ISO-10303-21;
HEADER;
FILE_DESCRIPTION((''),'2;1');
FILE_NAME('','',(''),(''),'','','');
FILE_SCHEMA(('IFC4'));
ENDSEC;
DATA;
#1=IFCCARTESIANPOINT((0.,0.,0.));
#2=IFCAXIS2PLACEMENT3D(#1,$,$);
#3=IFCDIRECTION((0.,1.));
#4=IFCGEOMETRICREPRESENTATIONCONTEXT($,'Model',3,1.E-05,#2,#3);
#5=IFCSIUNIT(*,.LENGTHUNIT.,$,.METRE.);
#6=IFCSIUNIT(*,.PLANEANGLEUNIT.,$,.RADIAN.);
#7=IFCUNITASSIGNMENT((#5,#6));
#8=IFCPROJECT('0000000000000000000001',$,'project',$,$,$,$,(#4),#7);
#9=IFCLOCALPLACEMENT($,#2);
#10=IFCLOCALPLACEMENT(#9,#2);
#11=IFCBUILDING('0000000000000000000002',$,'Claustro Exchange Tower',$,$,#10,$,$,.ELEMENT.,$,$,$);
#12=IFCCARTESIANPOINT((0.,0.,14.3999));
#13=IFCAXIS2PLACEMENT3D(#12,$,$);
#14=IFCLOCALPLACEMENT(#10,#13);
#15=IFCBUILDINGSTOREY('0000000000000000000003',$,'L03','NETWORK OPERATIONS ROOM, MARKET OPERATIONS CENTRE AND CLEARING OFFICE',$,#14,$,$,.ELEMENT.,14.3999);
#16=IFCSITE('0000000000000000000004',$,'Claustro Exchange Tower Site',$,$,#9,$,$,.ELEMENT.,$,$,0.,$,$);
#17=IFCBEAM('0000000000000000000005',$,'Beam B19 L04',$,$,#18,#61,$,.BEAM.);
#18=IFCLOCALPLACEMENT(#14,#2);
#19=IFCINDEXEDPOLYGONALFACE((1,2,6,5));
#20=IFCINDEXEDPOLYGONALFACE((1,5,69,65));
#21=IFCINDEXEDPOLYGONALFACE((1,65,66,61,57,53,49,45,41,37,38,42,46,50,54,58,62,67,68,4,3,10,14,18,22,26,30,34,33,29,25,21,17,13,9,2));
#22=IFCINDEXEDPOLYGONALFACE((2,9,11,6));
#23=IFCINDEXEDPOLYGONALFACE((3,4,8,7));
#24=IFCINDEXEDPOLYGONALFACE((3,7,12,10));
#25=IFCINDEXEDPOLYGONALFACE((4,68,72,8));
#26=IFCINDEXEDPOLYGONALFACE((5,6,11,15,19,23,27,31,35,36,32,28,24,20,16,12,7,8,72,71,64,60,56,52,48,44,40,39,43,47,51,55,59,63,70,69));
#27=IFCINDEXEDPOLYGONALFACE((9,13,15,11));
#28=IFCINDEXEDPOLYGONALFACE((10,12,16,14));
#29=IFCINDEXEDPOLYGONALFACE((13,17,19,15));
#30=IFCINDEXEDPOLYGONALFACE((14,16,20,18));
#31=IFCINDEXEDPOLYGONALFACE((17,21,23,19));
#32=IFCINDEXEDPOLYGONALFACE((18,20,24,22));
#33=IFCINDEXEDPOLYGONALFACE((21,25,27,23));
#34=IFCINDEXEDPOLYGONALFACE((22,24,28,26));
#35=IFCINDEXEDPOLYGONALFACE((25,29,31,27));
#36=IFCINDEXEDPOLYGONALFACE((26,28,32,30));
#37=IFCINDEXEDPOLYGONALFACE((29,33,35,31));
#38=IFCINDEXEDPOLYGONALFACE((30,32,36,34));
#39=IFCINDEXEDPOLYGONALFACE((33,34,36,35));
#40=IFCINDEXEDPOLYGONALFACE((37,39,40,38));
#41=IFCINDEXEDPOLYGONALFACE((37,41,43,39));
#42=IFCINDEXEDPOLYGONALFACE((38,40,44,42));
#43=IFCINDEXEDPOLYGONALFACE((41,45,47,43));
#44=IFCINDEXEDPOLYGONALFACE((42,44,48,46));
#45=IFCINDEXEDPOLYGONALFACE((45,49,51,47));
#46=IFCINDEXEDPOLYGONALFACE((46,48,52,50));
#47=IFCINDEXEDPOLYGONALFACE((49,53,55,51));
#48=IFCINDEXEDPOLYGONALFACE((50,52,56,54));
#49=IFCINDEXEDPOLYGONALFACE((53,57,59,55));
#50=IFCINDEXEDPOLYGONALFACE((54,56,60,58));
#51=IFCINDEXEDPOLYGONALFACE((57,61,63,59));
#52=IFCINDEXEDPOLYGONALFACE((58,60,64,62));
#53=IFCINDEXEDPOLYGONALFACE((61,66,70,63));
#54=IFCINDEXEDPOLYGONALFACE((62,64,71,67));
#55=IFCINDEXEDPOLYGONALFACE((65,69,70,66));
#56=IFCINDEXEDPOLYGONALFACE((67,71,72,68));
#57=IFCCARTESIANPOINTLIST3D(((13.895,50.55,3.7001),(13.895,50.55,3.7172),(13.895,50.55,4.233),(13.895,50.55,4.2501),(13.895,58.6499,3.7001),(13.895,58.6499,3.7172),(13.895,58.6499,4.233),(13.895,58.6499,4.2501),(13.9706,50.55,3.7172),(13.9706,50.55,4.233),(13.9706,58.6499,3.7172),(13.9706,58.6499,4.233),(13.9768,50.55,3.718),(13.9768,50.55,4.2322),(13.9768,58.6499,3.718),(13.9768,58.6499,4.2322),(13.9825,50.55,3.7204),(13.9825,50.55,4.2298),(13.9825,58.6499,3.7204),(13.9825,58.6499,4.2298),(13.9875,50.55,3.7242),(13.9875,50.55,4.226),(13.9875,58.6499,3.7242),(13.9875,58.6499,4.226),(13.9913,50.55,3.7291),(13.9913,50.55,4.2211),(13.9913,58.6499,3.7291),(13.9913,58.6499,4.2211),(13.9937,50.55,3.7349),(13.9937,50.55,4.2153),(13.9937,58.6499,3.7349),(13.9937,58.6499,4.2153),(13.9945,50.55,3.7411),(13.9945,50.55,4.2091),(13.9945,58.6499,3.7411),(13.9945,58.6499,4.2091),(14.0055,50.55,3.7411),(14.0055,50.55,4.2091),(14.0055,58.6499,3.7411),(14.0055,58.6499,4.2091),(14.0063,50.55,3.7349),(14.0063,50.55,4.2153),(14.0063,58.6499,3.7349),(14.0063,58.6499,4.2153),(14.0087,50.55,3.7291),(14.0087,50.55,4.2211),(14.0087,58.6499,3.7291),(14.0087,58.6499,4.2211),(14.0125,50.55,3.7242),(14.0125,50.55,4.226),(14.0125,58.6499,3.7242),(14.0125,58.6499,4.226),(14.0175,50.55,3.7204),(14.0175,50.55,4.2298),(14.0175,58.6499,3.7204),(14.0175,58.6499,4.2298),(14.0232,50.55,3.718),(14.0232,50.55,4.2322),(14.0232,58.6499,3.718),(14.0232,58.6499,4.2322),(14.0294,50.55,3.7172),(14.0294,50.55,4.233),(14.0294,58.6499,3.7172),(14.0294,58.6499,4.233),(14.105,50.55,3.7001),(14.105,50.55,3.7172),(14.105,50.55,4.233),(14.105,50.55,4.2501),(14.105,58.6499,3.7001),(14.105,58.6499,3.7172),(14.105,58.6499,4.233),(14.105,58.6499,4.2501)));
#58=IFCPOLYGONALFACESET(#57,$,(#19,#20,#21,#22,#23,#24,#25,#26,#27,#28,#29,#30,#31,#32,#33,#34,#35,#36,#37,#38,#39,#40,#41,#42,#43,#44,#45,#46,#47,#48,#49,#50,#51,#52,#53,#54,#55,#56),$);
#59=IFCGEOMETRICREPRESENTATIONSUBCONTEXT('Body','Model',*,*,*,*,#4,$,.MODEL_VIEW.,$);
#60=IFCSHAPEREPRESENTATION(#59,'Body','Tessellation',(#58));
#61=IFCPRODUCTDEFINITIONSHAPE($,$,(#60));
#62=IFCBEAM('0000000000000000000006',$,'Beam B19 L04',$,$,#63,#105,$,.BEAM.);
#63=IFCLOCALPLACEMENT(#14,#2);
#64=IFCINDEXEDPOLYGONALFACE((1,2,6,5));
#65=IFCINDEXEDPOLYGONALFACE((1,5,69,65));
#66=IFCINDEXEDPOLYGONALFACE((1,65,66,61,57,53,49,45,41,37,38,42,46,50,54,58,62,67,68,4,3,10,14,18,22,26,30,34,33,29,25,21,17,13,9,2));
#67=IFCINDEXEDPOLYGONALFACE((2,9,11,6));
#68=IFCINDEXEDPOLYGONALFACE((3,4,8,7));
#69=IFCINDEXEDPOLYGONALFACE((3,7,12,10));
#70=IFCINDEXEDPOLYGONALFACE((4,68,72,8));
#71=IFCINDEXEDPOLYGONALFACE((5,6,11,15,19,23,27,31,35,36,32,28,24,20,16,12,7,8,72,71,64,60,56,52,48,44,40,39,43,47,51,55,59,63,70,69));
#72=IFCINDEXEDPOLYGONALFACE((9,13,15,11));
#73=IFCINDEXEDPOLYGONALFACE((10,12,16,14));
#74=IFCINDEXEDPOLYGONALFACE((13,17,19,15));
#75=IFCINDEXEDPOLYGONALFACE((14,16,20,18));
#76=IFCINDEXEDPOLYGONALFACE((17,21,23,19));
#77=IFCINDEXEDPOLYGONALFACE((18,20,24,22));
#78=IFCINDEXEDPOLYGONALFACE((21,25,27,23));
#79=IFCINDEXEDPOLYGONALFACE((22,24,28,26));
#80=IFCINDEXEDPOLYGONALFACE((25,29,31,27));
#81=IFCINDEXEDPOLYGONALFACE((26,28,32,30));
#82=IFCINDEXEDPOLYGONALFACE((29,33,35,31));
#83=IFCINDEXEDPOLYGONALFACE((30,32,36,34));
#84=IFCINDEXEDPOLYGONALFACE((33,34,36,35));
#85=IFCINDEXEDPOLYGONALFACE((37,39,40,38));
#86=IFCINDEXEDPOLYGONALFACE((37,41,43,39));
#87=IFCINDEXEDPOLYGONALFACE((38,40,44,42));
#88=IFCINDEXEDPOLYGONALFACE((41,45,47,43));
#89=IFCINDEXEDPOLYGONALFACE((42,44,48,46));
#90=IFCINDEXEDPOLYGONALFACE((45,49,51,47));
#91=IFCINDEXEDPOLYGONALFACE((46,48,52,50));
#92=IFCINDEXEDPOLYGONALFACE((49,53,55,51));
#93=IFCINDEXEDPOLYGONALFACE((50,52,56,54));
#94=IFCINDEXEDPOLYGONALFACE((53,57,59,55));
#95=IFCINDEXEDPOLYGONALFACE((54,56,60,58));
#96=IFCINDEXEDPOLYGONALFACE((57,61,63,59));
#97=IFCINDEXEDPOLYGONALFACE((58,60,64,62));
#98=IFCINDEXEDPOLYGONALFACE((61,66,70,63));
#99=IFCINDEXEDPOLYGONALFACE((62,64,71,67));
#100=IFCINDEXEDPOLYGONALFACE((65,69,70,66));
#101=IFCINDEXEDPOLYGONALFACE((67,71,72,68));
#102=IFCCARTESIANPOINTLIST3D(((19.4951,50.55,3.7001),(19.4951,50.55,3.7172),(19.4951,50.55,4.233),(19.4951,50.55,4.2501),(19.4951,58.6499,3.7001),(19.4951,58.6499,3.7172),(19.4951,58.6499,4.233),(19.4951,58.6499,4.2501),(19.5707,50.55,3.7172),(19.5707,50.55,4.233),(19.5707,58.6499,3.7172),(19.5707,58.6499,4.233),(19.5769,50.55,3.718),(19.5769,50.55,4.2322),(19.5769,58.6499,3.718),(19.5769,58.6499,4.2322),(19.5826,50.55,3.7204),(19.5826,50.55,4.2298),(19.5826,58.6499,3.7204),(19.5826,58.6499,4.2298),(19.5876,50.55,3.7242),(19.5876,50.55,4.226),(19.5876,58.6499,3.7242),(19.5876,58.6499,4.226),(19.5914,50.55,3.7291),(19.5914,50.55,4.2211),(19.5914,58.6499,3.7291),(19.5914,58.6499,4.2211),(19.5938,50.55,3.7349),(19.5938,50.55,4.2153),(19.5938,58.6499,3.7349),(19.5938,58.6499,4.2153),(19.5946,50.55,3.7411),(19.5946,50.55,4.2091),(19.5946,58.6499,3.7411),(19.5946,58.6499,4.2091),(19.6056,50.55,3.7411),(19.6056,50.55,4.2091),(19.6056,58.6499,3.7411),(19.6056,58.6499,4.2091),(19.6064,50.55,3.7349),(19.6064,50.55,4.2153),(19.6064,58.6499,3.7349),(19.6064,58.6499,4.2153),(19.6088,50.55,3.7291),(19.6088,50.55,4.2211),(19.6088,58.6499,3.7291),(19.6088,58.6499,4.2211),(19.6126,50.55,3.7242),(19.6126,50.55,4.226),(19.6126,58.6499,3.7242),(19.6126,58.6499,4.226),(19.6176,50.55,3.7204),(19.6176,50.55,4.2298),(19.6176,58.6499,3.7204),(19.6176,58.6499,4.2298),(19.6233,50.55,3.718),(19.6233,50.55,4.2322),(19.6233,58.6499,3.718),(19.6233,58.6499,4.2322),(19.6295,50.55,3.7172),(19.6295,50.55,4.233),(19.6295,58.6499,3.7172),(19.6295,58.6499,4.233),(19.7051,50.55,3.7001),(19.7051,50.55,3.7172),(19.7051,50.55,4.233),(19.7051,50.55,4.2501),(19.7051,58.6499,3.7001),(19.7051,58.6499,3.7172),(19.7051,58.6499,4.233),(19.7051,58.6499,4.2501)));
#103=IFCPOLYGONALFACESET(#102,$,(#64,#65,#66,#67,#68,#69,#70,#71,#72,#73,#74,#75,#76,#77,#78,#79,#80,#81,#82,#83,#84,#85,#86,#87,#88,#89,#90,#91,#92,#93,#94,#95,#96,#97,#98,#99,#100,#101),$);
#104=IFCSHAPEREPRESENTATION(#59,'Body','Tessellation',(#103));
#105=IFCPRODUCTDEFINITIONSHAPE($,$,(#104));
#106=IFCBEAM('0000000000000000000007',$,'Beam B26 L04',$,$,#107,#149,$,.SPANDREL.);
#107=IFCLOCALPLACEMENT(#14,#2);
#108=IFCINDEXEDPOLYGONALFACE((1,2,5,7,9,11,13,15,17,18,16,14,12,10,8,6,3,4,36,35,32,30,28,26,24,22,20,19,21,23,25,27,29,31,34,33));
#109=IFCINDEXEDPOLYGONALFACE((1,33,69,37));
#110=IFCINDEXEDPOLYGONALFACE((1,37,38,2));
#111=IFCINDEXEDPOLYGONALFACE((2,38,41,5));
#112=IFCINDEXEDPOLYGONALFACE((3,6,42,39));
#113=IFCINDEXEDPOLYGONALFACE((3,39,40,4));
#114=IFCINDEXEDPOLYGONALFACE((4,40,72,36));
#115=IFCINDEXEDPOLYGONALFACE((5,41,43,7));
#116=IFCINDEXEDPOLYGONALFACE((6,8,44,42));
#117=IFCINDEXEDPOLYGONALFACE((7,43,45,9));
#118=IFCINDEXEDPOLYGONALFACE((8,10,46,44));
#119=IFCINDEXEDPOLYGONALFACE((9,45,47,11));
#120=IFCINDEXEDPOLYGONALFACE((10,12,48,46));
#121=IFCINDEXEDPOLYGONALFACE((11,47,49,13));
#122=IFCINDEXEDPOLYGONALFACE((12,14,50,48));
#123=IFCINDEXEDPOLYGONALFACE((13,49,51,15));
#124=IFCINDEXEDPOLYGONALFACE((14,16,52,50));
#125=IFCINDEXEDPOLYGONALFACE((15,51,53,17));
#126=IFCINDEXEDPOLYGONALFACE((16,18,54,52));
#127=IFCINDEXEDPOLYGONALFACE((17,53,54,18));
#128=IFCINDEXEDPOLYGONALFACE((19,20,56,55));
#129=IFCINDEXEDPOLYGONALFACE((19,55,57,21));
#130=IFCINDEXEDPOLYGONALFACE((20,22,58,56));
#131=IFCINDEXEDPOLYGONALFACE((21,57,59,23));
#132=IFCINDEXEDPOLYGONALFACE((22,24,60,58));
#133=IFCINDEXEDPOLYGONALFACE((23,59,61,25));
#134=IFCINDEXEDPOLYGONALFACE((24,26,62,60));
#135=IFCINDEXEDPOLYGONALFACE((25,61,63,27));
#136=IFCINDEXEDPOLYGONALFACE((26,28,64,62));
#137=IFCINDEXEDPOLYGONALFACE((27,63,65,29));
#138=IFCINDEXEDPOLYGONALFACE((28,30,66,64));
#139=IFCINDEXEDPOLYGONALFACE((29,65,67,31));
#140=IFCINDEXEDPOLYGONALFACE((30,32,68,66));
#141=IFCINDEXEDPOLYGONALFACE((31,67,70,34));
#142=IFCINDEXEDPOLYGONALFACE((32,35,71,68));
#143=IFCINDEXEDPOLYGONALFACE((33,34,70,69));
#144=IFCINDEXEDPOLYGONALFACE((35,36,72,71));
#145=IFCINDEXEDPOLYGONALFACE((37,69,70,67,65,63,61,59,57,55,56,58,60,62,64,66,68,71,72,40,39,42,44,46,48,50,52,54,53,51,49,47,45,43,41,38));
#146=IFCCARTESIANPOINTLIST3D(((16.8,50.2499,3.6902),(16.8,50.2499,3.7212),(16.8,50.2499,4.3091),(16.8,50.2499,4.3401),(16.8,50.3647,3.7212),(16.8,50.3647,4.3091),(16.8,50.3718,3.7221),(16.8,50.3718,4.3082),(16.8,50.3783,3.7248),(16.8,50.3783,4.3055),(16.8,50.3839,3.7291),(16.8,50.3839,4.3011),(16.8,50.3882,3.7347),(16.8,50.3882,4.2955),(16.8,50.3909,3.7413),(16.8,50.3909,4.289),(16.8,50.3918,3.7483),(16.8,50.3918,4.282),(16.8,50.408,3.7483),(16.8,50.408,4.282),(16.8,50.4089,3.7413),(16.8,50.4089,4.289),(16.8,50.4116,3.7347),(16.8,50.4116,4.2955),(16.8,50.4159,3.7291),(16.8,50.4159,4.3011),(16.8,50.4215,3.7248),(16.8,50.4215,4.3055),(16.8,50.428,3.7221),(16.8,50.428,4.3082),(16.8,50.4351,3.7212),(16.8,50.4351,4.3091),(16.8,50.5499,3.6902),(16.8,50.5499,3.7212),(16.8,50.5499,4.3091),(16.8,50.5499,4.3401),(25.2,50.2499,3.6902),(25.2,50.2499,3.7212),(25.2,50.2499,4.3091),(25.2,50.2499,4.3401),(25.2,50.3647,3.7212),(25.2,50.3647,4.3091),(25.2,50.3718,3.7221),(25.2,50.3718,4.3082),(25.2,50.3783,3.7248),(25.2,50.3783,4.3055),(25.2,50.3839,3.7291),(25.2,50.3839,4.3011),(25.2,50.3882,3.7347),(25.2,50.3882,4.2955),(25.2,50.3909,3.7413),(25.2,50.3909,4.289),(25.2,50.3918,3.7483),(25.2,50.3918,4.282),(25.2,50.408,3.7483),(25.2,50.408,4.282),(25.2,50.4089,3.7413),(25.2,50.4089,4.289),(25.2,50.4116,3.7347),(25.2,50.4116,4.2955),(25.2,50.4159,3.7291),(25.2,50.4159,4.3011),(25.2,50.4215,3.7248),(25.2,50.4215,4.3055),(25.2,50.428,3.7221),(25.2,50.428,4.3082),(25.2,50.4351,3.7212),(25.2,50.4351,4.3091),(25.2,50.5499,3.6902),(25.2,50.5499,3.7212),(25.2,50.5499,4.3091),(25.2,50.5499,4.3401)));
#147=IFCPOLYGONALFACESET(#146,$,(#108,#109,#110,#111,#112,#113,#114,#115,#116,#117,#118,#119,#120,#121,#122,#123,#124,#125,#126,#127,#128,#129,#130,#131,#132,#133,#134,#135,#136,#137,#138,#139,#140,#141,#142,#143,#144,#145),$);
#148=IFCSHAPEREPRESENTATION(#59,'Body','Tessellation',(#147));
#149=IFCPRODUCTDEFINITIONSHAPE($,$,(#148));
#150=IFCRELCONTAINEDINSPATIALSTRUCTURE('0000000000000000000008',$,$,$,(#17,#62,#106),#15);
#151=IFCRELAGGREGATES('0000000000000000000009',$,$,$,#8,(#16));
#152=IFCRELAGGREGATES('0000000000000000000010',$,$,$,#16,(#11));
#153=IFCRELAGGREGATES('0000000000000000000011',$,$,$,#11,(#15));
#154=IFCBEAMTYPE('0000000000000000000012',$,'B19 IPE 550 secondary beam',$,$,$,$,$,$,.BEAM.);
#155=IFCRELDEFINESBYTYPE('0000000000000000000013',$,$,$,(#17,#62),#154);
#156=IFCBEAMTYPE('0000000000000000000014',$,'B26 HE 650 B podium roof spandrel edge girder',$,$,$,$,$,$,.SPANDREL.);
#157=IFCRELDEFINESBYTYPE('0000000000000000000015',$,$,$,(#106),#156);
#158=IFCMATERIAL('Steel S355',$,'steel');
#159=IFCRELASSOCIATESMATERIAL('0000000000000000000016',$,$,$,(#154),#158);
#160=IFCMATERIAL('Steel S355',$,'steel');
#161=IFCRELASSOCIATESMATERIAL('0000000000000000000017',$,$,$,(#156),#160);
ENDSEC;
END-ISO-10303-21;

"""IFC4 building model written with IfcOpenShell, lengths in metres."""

from ifc_helpers import new_model, si_unit, direction, frame, origin, origin_2d, place, context, subcontext, project, spatial, i_section, extrude, material, material_profile, profile_set, type_object, element, save


model = new_model("IFC4")

# Units and contexts
model_context = context("Model", 3, precision=1e-05, world=origin(), true_north=direction((0.0, 1.0)))
body_context = subcontext(model_context, "Body", "Model", "MODEL_VIEW")
ifc_project = project(units=[si_unit("LENGTHUNIT", "METRE"), si_unit("PLANEANGLEUNIT", "RADIAN")], contexts=[model_context])

# Site, building, storey
site_placement = place(None, origin())
site = spatial("IfcSite", under=ifc_project, at=site_placement, Name="Claustro Exchange Tower Site", CompositionType="ELEMENT", RefElevation=0.0)
building_placement = place(site_placement, origin())
building = spatial("IfcBuilding", under=site, at=building_placement, Name="Claustro Exchange Tower", CompositionType="ELEMENT")
storey_placement = place(building_placement, frame((0.0, 0.0, 14.3999)))
storey = spatial("IfcBuildingStorey", under=building, at=storey_placement, Name="L03", Description="NETWORK OPERATIONS ROOM, MARKET OPERATIONS CENTRE AND CLEARING OFFICE", CompositionType="ELEMENT", Elevation=14.3999)

# Beams
ifc_material_1 = material(Name="Steel S355", Category="steel")
ifc_material_profile_1 = material_profile(ifc_material_1, i_section(OverallWidth=0.21, OverallDepth=0.55, WebThickness=0.011, FlangeThickness=0.0171, FilletRadius=0.0239, at=origin_2d()), Name="IPE 550")
ifc_profile_set_1 = profile_set([ifc_material_profile_1], Name="Steel S355")
beam_type_1 = type_object("IfcBeamType", Name="B19 IPE 550 secondary beam", PredefinedType="BEAM", material=ifc_profile_set_1)
for number, where, z_axis, x_axis, name in (
    (1, (14.0, 50.55, 3.9751), (0.0, 1.0, 0.0), (-1.0, 0.0, 0.0), "Beam B19 L04"),
    (2, (19.6001, 50.55, 3.9751), (0.0, 1.0, 0.0), (-1.0, 0.0, 0.0), "Beam B19 L04"),
):
    element("IfcBeam", number, at=place(storey_placement, frame(where, z_axis=z_axis, x_axis=x_axis)), inside=storey, type_object=beam_type_1, Name=name, PredefinedType="BEAM", context=body_context, shape_type="SweptSolid", body=[
        extrude(i_section(OverallWidth=0.21, OverallDepth=0.55, WebThickness=0.011, FlangeThickness=0.0171, FilletRadius=0.0239, at=origin_2d()), origin(), (0.0, 0.0, 1.0), 8.0999),
    ])
ifc_material_2 = material(Name="Steel S355", Category="steel")
ifc_material_profile_2 = material_profile(ifc_material_2, i_section(OverallWidth=0.3, OverallDepth=0.6499, WebThickness=0.0161, FlangeThickness=0.031, FilletRadius=0.0271, at=origin_2d()), Name="HE 650 B")
ifc_profile_set_2 = profile_set([ifc_material_profile_2], Name="Steel S355")
beam_type_2 = type_object("IfcBeamType", Name="B26 HE 650 B podium roof spandrel edge girder", PredefinedType="SPANDREL", material=ifc_profile_set_2)
beam_1_placement = place(storey_placement, frame((16.8, 50.3999, 4.0151), z_axis=(1.0, 0.0, 0.0), x_axis=(0.0, 1.0, 0.0)))
element("IfcBeam", 3, at=beam_1_placement, inside=storey, type_object=beam_type_2, Name="Beam B26 L04", PredefinedType="SPANDREL", context=body_context, shape_type="SweptSolid", body=[
    extrude(i_section(OverallWidth=0.3, OverallDepth=0.6499, WebThickness=0.0161, FlangeThickness=0.031, FilletRadius=0.0271, at=origin_2d()), origin(), (0.0, 0.0, 1.0), 8.3999),
])

save(model, "model.ifc")
